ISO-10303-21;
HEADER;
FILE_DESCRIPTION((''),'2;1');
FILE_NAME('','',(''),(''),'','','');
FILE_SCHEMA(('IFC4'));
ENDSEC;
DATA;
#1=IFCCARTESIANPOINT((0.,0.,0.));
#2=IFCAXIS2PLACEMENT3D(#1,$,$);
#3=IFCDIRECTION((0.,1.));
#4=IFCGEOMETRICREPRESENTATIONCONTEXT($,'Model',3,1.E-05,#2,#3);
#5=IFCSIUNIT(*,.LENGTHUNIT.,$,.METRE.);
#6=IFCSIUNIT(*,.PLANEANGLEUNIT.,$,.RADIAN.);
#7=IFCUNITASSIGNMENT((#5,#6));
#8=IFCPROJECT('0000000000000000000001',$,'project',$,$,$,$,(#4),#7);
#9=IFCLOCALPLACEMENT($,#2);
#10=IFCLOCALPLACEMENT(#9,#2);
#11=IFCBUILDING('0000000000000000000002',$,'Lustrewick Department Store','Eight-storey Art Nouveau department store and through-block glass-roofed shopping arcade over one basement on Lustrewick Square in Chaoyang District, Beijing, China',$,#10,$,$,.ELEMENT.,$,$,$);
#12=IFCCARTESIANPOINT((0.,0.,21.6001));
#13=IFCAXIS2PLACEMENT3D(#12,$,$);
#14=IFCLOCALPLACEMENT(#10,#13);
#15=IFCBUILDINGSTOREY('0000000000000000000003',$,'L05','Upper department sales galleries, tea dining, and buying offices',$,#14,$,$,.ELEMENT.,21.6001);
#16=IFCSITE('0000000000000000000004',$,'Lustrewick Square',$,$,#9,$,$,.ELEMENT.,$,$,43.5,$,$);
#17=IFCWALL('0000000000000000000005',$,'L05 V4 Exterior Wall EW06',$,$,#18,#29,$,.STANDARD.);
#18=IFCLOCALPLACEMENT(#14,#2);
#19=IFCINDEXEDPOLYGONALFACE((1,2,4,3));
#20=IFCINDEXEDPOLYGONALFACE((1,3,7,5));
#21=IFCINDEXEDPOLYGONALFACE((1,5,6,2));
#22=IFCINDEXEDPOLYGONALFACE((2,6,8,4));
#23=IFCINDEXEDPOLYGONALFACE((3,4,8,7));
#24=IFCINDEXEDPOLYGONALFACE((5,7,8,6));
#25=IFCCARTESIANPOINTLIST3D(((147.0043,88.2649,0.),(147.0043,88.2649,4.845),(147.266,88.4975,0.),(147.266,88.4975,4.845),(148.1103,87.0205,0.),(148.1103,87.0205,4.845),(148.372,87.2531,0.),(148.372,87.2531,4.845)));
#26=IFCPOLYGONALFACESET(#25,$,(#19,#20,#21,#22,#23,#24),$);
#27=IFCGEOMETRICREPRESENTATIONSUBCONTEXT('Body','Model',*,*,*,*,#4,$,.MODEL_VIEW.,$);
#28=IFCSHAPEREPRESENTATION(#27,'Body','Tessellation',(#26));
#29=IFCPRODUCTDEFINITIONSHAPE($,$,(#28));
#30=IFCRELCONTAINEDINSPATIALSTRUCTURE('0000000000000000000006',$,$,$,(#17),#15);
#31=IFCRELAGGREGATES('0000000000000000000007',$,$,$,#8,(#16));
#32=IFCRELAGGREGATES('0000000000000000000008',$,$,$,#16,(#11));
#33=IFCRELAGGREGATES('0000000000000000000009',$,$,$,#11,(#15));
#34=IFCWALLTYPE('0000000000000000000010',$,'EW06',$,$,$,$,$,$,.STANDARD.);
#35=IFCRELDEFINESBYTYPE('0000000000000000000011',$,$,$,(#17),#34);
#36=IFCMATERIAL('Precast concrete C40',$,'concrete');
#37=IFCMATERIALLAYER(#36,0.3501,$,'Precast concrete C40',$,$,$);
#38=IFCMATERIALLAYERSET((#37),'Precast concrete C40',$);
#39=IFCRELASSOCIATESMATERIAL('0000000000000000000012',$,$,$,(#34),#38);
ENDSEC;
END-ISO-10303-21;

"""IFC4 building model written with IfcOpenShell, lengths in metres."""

from ifc_helpers import new_model, si_unit, direction, frame, frame_2d, origin, place, context, subcontext, project, spatial, rectangle, extrude, material, layer, layer_set, type_object, element, save


model = new_model("IFC4")

# Units and contexts
model_context = context("Model", 3, precision=1e-05, world=origin(), true_north=direction((0.0, 1.0)))
body_context = subcontext(model_context, "Body", "Model", "MODEL_VIEW")
ifc_project = project(units=[si_unit("LENGTHUNIT", "METRE"), si_unit("PLANEANGLEUNIT", "RADIAN")], contexts=[model_context])

# Site, building, storey
site_placement = place(None, origin())
site = spatial("IfcSite", under=ifc_project, at=site_placement, Name="Lustrewick Square", CompositionType="ELEMENT", RefElevation=43.5)
building_placement = place(site_placement, origin())
building = spatial("IfcBuilding", under=site, at=building_placement, Name="Lustrewick Department Store", Description="Eight-storey Art Nouveau department store and through-block glass-roofed shopping arcade over one basement on Lustrewick Square in Chaoyang District, Beijing, China", CompositionType="ELEMENT")
storey_placement = place(building_placement, frame((0.0, 0.0, 21.6001)))
storey = spatial("IfcBuildingStorey", under=building, at=storey_placement, Name="L05", Description="Upper department sales galleries, tea dining, and buying offices", CompositionType="ELEMENT", Elevation=21.6001)

# Wall
ifc_material_1 = material(Name="Precast concrete C40", Category="concrete")
ifc_layer_1 = layer(ifc_material_1, 0.3501, Name="Precast concrete C40")
ifc_layer_set_1 = layer_set([ifc_layer_1], Name="Precast concrete C40")
wall_type = type_object("IfcWallType", Name="EW06", PredefinedType="STANDARD", material=ifc_layer_set_1)
wall_placement = place(storey_placement, frame((148.2412, 87.1367, 0.0), z_axis=(0.0, 0.0, 1.0), x_axis=(-0.664309, 0.747458, 0.0)))
element("IfcWall", 1, at=wall_placement, inside=storey, type_object=wall_type, Name="L05 V4 Exterior Wall EW06", PredefinedType="STANDARD", context=body_context, shape_type="SweptSolid", body=[
    extrude(rectangle(XDim=1.6648, YDim=0.3501, at=frame_2d((0.8325, 0.0))), origin(), (0.0, 0.0, 1.0), 4.845),
])

save(model, "model.ifc")
